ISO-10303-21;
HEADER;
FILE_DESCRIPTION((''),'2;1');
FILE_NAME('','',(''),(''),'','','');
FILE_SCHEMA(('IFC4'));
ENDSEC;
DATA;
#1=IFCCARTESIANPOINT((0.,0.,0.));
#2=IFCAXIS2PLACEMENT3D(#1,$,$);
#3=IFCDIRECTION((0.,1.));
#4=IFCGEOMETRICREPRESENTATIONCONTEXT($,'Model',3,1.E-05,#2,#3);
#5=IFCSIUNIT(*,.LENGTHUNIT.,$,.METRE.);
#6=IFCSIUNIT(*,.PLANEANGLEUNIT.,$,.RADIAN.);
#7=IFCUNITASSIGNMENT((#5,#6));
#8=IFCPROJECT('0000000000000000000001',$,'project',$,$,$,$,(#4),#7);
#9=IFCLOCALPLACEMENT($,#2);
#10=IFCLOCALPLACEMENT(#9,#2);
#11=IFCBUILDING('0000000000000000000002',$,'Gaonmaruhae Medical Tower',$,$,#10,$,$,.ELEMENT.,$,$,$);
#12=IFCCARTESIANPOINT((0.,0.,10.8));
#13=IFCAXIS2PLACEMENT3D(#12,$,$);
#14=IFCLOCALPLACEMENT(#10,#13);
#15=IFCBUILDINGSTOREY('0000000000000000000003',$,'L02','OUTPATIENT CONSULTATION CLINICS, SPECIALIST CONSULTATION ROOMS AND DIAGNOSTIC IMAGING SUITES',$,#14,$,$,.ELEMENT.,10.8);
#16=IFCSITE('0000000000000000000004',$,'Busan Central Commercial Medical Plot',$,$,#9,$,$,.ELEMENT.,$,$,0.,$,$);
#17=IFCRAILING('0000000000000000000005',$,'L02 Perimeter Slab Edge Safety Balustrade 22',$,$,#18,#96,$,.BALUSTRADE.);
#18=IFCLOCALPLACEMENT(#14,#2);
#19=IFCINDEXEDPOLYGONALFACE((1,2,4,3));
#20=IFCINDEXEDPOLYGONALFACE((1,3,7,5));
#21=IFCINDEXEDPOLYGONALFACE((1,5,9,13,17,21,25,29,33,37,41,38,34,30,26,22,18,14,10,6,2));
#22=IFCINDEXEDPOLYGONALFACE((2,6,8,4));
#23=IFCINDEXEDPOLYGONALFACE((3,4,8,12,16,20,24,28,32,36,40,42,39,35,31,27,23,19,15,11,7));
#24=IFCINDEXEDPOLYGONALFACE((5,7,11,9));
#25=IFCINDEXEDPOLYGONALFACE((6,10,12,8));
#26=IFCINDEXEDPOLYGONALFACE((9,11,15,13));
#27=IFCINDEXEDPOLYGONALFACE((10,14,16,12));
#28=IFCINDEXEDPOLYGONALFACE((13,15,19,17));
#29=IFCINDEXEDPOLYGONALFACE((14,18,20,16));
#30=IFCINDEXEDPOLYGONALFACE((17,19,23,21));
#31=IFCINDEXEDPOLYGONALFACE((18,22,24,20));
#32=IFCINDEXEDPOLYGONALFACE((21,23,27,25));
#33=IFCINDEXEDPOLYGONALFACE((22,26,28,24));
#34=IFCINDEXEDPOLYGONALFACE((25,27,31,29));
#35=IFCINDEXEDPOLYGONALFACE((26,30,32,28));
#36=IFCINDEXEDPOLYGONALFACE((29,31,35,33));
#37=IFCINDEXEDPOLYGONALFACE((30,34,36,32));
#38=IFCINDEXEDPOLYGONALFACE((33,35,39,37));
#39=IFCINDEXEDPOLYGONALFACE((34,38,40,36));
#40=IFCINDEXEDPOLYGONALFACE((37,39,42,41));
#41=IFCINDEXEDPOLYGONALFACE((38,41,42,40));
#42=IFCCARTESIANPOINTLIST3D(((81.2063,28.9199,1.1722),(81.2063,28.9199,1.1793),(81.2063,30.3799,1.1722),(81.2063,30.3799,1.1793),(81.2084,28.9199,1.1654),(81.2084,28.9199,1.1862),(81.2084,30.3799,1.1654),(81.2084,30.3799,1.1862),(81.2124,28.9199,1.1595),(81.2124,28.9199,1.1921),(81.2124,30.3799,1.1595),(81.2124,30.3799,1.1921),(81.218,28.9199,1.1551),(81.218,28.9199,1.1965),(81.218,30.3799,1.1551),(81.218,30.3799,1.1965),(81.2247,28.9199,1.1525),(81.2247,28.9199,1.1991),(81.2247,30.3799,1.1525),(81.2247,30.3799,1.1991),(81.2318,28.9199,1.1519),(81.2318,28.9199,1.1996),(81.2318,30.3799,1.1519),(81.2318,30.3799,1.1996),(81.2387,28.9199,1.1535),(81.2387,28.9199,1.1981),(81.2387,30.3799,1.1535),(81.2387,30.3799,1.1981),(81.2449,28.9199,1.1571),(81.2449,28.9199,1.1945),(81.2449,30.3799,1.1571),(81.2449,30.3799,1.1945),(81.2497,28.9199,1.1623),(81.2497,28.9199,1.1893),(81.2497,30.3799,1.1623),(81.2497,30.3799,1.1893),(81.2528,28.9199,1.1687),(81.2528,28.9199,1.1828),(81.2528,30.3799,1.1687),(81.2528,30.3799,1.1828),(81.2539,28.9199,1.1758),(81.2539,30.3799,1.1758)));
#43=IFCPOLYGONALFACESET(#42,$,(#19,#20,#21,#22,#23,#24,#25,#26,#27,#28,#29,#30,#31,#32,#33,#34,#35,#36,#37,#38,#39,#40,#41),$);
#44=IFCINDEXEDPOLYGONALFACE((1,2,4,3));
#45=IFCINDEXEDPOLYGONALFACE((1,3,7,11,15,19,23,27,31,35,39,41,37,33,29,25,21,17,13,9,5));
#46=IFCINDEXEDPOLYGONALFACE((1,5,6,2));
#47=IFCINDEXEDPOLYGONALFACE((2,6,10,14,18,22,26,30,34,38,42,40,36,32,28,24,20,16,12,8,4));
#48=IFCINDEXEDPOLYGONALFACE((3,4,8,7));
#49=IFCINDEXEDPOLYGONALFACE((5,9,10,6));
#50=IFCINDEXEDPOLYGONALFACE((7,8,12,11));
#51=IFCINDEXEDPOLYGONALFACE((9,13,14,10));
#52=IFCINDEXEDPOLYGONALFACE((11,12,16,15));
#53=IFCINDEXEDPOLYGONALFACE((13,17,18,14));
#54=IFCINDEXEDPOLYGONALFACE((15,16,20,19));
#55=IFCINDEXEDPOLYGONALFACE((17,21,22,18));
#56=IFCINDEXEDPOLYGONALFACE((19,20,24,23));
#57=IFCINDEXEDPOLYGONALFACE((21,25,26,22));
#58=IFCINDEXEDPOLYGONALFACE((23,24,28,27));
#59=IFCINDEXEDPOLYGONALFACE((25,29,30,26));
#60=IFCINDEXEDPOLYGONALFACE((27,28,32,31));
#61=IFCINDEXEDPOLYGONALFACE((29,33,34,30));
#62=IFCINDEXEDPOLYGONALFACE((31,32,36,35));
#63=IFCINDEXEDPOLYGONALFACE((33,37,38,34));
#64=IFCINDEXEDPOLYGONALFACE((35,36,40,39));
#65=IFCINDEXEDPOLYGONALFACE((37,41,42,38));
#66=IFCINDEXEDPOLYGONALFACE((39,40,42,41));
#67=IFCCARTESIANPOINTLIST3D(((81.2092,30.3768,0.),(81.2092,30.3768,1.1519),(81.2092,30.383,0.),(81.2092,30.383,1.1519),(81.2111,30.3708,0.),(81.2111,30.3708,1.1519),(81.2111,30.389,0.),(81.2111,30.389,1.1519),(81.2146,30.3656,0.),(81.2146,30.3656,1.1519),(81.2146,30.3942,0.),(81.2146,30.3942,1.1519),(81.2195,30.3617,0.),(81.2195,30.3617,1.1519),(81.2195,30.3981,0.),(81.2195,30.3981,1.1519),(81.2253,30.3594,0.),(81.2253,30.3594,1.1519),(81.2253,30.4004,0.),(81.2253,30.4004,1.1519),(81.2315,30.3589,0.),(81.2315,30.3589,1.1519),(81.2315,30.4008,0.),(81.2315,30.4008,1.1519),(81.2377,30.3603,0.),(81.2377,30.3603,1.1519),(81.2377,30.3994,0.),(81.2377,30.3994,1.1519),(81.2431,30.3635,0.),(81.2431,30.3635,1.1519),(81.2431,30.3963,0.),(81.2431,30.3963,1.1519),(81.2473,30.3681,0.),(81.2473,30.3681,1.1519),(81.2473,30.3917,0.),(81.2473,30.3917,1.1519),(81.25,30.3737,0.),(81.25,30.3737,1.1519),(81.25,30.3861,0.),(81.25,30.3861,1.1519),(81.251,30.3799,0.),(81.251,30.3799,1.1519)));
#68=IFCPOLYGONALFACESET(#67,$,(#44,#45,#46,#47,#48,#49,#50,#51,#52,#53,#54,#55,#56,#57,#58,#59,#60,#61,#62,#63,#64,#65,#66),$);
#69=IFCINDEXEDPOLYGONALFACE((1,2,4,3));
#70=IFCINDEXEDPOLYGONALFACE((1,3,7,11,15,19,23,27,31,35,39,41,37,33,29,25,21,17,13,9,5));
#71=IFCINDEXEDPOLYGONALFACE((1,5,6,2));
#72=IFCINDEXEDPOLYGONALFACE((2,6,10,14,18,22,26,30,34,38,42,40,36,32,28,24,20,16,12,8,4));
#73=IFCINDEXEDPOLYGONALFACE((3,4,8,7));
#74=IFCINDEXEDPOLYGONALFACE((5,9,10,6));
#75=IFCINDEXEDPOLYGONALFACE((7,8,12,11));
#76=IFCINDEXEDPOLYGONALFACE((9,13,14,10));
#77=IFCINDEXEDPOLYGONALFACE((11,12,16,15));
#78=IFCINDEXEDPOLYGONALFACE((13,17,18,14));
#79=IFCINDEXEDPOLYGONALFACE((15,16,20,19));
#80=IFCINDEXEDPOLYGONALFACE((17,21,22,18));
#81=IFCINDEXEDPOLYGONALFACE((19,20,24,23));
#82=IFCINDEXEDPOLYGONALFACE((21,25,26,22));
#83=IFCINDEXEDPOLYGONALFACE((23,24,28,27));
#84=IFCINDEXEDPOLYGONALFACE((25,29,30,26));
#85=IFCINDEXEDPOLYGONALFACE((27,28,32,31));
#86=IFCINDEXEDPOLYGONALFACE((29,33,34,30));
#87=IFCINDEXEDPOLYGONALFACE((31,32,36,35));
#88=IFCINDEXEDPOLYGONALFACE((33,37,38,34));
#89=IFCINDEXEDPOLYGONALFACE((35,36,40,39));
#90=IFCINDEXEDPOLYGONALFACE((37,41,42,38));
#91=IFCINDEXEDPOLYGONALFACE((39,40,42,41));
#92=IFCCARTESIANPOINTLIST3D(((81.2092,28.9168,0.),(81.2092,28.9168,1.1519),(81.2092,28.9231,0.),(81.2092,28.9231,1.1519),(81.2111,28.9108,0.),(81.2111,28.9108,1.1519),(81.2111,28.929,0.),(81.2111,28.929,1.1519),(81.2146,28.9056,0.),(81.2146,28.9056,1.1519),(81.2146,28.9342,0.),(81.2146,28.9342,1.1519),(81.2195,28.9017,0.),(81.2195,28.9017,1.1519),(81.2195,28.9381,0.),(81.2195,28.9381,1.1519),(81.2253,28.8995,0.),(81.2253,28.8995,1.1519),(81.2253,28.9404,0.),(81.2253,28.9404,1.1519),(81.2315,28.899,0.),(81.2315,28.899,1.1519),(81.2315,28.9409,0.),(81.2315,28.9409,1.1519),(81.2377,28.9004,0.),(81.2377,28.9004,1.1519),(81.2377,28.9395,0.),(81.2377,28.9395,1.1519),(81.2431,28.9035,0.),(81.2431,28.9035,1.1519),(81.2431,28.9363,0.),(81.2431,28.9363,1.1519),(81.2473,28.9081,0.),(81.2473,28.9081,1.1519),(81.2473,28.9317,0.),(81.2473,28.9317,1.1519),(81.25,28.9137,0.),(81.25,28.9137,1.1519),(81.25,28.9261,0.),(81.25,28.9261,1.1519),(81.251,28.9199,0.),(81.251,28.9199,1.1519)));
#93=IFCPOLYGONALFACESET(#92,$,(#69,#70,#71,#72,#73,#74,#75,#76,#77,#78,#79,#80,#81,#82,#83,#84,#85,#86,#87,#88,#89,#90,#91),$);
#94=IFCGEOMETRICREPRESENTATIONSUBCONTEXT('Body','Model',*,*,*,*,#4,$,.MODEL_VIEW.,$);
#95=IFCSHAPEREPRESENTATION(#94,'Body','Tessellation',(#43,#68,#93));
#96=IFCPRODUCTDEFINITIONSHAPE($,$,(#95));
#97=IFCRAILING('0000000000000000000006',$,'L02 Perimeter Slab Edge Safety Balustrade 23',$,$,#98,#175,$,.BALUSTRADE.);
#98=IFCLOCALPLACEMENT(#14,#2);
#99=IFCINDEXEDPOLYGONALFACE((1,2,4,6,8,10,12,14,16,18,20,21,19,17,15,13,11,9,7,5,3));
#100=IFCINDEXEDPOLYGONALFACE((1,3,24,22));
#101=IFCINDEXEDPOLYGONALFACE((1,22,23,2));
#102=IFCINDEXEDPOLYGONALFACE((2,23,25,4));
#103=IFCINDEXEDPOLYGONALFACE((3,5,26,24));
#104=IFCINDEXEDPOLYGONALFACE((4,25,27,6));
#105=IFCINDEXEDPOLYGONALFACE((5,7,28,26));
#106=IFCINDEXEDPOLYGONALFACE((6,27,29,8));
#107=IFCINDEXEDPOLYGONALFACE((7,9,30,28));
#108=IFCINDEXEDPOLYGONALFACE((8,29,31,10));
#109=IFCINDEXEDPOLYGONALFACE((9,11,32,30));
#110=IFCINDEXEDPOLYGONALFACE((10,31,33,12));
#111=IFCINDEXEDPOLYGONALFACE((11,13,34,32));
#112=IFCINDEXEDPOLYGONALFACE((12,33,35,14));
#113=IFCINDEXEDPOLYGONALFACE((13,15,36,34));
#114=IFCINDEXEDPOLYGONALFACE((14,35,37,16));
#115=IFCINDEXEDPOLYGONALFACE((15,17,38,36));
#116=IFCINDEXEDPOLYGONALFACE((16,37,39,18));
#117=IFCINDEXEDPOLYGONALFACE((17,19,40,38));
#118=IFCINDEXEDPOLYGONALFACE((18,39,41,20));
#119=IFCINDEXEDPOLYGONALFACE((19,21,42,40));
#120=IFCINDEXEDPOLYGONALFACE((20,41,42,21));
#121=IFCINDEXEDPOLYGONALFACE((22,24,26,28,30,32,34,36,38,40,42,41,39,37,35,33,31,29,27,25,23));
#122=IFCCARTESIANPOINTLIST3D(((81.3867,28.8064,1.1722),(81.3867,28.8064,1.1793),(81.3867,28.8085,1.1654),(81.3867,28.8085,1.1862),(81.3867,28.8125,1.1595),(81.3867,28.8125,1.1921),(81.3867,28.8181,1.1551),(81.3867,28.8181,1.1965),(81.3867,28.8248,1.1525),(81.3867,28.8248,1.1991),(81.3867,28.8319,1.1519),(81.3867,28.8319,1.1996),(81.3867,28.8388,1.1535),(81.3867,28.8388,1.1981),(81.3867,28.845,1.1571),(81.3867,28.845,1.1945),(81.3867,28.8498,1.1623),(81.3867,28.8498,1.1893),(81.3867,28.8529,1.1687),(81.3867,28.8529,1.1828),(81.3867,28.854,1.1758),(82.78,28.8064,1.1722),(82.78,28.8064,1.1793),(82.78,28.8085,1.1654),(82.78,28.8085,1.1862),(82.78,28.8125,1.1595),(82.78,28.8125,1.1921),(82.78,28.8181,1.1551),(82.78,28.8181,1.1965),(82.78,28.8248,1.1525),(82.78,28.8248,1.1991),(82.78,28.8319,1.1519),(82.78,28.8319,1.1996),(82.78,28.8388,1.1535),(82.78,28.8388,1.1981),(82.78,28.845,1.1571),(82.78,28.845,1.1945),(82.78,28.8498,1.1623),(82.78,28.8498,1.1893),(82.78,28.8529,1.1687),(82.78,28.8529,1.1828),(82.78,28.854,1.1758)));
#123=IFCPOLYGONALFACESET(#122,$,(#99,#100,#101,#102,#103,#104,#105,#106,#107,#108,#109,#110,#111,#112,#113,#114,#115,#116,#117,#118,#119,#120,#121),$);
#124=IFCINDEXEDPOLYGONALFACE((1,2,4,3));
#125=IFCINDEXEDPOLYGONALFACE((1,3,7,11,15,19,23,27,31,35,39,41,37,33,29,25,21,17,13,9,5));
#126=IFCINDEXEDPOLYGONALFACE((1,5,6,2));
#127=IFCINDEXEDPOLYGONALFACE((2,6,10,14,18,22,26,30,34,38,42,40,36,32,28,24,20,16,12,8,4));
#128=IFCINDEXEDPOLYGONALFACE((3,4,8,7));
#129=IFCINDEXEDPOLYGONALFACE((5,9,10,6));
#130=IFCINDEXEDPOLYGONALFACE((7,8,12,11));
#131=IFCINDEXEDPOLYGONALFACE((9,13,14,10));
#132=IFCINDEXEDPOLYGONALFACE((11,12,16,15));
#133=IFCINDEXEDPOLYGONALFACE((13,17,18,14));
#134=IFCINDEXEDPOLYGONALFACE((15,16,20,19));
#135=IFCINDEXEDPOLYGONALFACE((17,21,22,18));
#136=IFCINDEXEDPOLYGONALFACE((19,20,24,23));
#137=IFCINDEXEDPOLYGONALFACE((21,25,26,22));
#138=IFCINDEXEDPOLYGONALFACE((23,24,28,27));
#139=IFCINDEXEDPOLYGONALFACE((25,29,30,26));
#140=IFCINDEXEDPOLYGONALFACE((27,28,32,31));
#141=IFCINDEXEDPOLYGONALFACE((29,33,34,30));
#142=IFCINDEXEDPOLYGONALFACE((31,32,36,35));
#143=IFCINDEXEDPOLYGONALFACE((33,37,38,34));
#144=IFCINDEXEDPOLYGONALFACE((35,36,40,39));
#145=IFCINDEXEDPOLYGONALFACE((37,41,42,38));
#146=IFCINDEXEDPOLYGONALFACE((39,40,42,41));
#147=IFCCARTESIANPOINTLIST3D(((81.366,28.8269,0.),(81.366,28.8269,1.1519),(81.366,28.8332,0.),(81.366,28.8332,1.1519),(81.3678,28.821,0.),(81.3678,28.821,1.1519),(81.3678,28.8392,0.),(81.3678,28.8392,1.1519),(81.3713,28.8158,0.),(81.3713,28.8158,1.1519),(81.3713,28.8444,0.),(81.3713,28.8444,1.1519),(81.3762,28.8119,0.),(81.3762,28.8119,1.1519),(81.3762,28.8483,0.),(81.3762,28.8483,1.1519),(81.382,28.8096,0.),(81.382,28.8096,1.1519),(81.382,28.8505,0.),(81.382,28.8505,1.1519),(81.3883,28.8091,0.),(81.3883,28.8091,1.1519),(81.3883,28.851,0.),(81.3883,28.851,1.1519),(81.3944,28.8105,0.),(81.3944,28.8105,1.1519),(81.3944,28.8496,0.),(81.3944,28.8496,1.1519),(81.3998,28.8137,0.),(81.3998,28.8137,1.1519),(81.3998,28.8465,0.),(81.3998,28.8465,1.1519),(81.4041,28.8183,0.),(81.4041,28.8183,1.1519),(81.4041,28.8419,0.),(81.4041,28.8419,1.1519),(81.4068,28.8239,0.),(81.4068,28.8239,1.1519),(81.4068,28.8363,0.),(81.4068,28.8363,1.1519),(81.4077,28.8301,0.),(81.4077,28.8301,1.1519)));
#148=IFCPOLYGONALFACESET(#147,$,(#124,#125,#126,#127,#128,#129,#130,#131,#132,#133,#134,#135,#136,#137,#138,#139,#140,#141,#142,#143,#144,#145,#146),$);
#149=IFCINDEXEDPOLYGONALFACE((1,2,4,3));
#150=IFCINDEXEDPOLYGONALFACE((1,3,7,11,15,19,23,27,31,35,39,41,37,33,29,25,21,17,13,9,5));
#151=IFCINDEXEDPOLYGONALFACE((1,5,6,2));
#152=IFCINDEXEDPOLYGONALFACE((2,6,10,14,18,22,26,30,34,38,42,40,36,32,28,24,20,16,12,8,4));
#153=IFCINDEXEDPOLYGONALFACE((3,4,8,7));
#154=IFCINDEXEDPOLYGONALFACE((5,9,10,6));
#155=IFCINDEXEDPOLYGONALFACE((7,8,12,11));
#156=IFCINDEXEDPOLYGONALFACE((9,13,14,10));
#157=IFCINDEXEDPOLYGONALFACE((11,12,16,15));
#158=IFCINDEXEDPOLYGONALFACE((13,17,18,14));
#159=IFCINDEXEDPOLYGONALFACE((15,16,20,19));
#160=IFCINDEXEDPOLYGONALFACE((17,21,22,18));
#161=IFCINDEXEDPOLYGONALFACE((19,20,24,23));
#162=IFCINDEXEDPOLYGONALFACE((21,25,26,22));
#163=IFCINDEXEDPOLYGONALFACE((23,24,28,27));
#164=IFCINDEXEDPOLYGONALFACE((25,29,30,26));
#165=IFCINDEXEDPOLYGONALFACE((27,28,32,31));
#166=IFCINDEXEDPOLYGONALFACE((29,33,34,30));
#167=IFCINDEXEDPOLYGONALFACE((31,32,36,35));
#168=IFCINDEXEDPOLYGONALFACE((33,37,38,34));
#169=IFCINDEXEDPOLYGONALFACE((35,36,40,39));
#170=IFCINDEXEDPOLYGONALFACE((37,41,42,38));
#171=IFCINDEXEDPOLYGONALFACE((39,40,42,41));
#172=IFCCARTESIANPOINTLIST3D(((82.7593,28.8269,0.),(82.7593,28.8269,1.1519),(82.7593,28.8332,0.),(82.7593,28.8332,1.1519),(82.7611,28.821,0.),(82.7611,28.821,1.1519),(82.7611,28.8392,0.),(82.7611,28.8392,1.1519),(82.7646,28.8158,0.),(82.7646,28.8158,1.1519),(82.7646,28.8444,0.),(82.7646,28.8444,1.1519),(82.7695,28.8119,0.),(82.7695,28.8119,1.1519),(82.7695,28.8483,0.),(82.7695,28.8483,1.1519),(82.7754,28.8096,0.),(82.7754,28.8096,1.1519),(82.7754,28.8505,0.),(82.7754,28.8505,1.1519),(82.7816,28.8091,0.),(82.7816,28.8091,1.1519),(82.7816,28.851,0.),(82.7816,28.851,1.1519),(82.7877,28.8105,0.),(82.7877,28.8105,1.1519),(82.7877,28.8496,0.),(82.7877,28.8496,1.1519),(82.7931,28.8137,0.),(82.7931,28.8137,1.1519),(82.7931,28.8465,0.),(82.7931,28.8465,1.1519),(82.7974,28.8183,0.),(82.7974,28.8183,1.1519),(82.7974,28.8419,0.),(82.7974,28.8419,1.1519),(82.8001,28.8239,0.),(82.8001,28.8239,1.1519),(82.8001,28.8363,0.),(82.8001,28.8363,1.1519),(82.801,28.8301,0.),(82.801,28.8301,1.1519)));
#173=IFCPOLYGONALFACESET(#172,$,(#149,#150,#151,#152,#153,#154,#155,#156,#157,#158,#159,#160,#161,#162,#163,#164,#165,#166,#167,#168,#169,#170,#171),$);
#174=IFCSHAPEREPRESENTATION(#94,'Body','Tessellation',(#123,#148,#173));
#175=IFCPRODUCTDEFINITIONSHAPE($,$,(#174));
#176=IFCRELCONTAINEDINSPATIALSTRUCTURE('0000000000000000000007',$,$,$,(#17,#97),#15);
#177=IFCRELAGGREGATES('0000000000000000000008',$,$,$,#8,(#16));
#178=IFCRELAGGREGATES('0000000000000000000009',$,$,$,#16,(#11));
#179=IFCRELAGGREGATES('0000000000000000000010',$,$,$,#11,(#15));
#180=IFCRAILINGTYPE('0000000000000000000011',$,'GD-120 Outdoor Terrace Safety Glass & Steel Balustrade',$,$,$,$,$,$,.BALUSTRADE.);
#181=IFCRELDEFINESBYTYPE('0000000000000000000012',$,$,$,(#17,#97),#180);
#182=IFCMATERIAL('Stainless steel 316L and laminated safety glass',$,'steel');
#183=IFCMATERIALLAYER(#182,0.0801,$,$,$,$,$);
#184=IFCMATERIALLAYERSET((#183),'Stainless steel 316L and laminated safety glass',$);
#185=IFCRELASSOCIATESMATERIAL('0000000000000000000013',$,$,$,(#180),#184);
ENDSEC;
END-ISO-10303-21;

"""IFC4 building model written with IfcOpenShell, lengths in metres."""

from ifc_helpers import new_model, si_unit, direction, frame, origin, origin_2d, place, context, subcontext, project, spatial, circle, extrude, material, layer, layer_set, type_object, element, save


model = new_model("IFC4")

# Units and contexts
model_context = context("Model", 3, precision=1e-05, world=origin(), true_north=direction((0.0, 1.0)))
body_context = subcontext(model_context, "Body", "Model", "MODEL_VIEW")
ifc_project = project(units=[si_unit("LENGTHUNIT", "METRE"), si_unit("PLANEANGLEUNIT", "RADIAN")], contexts=[model_context])

# Site, building, storey
site_placement = place(None, origin())
site = spatial("IfcSite", under=ifc_project, at=site_placement, Name="Busan Central Commercial Medical Plot", CompositionType="ELEMENT", RefElevation=0.0)
building_placement = place(site_placement, origin())
building = spatial("IfcBuilding", under=site, at=building_placement, Name="Gaonmaruhae Medical Tower", CompositionType="ELEMENT")
storey_placement = place(building_placement, frame((0.0, 0.0, 10.8)))
storey = spatial("IfcBuildingStorey", under=building, at=storey_placement, Name="L02", Description="OUTPATIENT CONSULTATION CLINICS, SPECIALIST CONSULTATION ROOMS AND DIAGNOSTIC IMAGING SUITES", CompositionType="ELEMENT", Elevation=10.8)

# Railings
ifc_material_1 = material(Name="Stainless steel 316L and laminated safety glass", Category="steel")
ifc_layer_1 = layer(ifc_material_1, 0.0801)
ifc_layer_set_1 = layer_set([ifc_layer_1], Name="Stainless steel 316L and laminated safety glass")
railing_type = type_object("IfcRailingType", Name="GD-120 Outdoor Terrace Safety Glass & Steel Balustrade", PredefinedType="BALUSTRADE", material=ifc_layer_set_1)
railing_1_placement = place(storey_placement, frame((81.23, 30.3799, 0.0)))
element("IfcRailing", 1, at=railing_1_placement, inside=storey, type_object=railing_type, Name="L02 Perimeter Slab Edge Safety Balustrade 22", PredefinedType="BALUSTRADE", context=body_context, shape_type="SweptSolid", body=[
    extrude(circle(Radius=0.0239, at=origin_2d()), frame((0.0, 0.0, 1.1758), z_axis=(0.0, -1.0, 0.0), x_axis=(1.0, 0.0, 0.0)), (0.0, 0.0, 1.0), 1.46),
    extrude(circle(Radius=0.021, at=origin_2d()), origin(), (0.0, 0.0, 1.0), 1.1519),
    extrude(circle(Radius=0.021, at=origin_2d()), frame((0.0, -1.46, 0.0)), (0.0, 0.0, 1.0), 1.1519),
])
railing_2_placement = place(storey_placement, frame((81.3867, 28.8301, 0.0)))
element("IfcRailing", 2, at=railing_2_placement, inside=storey, type_object=railing_type, Name="L02 Perimeter Slab Edge Safety Balustrade 23", PredefinedType="BALUSTRADE", context=body_context, shape_type="SweptSolid", body=[
    extrude(circle(Radius=0.0239, at=origin_2d()), frame((0.0, 0.0, 1.1758), z_axis=(1.0, 0.0, 0.0), x_axis=(0.0, 1.0, 0.0)), (0.0, 0.0, 1.0), 1.3933),
    extrude(circle(Radius=0.021, at=origin_2d()), origin(), (0.0, 0.0, 1.0), 1.1519),
    extrude(circle(Radius=0.021, at=origin_2d()), frame((1.3933, 0.0, 0.0)), (0.0, 0.0, 1.0), 1.1519),
])

save(model, "model.ifc")
